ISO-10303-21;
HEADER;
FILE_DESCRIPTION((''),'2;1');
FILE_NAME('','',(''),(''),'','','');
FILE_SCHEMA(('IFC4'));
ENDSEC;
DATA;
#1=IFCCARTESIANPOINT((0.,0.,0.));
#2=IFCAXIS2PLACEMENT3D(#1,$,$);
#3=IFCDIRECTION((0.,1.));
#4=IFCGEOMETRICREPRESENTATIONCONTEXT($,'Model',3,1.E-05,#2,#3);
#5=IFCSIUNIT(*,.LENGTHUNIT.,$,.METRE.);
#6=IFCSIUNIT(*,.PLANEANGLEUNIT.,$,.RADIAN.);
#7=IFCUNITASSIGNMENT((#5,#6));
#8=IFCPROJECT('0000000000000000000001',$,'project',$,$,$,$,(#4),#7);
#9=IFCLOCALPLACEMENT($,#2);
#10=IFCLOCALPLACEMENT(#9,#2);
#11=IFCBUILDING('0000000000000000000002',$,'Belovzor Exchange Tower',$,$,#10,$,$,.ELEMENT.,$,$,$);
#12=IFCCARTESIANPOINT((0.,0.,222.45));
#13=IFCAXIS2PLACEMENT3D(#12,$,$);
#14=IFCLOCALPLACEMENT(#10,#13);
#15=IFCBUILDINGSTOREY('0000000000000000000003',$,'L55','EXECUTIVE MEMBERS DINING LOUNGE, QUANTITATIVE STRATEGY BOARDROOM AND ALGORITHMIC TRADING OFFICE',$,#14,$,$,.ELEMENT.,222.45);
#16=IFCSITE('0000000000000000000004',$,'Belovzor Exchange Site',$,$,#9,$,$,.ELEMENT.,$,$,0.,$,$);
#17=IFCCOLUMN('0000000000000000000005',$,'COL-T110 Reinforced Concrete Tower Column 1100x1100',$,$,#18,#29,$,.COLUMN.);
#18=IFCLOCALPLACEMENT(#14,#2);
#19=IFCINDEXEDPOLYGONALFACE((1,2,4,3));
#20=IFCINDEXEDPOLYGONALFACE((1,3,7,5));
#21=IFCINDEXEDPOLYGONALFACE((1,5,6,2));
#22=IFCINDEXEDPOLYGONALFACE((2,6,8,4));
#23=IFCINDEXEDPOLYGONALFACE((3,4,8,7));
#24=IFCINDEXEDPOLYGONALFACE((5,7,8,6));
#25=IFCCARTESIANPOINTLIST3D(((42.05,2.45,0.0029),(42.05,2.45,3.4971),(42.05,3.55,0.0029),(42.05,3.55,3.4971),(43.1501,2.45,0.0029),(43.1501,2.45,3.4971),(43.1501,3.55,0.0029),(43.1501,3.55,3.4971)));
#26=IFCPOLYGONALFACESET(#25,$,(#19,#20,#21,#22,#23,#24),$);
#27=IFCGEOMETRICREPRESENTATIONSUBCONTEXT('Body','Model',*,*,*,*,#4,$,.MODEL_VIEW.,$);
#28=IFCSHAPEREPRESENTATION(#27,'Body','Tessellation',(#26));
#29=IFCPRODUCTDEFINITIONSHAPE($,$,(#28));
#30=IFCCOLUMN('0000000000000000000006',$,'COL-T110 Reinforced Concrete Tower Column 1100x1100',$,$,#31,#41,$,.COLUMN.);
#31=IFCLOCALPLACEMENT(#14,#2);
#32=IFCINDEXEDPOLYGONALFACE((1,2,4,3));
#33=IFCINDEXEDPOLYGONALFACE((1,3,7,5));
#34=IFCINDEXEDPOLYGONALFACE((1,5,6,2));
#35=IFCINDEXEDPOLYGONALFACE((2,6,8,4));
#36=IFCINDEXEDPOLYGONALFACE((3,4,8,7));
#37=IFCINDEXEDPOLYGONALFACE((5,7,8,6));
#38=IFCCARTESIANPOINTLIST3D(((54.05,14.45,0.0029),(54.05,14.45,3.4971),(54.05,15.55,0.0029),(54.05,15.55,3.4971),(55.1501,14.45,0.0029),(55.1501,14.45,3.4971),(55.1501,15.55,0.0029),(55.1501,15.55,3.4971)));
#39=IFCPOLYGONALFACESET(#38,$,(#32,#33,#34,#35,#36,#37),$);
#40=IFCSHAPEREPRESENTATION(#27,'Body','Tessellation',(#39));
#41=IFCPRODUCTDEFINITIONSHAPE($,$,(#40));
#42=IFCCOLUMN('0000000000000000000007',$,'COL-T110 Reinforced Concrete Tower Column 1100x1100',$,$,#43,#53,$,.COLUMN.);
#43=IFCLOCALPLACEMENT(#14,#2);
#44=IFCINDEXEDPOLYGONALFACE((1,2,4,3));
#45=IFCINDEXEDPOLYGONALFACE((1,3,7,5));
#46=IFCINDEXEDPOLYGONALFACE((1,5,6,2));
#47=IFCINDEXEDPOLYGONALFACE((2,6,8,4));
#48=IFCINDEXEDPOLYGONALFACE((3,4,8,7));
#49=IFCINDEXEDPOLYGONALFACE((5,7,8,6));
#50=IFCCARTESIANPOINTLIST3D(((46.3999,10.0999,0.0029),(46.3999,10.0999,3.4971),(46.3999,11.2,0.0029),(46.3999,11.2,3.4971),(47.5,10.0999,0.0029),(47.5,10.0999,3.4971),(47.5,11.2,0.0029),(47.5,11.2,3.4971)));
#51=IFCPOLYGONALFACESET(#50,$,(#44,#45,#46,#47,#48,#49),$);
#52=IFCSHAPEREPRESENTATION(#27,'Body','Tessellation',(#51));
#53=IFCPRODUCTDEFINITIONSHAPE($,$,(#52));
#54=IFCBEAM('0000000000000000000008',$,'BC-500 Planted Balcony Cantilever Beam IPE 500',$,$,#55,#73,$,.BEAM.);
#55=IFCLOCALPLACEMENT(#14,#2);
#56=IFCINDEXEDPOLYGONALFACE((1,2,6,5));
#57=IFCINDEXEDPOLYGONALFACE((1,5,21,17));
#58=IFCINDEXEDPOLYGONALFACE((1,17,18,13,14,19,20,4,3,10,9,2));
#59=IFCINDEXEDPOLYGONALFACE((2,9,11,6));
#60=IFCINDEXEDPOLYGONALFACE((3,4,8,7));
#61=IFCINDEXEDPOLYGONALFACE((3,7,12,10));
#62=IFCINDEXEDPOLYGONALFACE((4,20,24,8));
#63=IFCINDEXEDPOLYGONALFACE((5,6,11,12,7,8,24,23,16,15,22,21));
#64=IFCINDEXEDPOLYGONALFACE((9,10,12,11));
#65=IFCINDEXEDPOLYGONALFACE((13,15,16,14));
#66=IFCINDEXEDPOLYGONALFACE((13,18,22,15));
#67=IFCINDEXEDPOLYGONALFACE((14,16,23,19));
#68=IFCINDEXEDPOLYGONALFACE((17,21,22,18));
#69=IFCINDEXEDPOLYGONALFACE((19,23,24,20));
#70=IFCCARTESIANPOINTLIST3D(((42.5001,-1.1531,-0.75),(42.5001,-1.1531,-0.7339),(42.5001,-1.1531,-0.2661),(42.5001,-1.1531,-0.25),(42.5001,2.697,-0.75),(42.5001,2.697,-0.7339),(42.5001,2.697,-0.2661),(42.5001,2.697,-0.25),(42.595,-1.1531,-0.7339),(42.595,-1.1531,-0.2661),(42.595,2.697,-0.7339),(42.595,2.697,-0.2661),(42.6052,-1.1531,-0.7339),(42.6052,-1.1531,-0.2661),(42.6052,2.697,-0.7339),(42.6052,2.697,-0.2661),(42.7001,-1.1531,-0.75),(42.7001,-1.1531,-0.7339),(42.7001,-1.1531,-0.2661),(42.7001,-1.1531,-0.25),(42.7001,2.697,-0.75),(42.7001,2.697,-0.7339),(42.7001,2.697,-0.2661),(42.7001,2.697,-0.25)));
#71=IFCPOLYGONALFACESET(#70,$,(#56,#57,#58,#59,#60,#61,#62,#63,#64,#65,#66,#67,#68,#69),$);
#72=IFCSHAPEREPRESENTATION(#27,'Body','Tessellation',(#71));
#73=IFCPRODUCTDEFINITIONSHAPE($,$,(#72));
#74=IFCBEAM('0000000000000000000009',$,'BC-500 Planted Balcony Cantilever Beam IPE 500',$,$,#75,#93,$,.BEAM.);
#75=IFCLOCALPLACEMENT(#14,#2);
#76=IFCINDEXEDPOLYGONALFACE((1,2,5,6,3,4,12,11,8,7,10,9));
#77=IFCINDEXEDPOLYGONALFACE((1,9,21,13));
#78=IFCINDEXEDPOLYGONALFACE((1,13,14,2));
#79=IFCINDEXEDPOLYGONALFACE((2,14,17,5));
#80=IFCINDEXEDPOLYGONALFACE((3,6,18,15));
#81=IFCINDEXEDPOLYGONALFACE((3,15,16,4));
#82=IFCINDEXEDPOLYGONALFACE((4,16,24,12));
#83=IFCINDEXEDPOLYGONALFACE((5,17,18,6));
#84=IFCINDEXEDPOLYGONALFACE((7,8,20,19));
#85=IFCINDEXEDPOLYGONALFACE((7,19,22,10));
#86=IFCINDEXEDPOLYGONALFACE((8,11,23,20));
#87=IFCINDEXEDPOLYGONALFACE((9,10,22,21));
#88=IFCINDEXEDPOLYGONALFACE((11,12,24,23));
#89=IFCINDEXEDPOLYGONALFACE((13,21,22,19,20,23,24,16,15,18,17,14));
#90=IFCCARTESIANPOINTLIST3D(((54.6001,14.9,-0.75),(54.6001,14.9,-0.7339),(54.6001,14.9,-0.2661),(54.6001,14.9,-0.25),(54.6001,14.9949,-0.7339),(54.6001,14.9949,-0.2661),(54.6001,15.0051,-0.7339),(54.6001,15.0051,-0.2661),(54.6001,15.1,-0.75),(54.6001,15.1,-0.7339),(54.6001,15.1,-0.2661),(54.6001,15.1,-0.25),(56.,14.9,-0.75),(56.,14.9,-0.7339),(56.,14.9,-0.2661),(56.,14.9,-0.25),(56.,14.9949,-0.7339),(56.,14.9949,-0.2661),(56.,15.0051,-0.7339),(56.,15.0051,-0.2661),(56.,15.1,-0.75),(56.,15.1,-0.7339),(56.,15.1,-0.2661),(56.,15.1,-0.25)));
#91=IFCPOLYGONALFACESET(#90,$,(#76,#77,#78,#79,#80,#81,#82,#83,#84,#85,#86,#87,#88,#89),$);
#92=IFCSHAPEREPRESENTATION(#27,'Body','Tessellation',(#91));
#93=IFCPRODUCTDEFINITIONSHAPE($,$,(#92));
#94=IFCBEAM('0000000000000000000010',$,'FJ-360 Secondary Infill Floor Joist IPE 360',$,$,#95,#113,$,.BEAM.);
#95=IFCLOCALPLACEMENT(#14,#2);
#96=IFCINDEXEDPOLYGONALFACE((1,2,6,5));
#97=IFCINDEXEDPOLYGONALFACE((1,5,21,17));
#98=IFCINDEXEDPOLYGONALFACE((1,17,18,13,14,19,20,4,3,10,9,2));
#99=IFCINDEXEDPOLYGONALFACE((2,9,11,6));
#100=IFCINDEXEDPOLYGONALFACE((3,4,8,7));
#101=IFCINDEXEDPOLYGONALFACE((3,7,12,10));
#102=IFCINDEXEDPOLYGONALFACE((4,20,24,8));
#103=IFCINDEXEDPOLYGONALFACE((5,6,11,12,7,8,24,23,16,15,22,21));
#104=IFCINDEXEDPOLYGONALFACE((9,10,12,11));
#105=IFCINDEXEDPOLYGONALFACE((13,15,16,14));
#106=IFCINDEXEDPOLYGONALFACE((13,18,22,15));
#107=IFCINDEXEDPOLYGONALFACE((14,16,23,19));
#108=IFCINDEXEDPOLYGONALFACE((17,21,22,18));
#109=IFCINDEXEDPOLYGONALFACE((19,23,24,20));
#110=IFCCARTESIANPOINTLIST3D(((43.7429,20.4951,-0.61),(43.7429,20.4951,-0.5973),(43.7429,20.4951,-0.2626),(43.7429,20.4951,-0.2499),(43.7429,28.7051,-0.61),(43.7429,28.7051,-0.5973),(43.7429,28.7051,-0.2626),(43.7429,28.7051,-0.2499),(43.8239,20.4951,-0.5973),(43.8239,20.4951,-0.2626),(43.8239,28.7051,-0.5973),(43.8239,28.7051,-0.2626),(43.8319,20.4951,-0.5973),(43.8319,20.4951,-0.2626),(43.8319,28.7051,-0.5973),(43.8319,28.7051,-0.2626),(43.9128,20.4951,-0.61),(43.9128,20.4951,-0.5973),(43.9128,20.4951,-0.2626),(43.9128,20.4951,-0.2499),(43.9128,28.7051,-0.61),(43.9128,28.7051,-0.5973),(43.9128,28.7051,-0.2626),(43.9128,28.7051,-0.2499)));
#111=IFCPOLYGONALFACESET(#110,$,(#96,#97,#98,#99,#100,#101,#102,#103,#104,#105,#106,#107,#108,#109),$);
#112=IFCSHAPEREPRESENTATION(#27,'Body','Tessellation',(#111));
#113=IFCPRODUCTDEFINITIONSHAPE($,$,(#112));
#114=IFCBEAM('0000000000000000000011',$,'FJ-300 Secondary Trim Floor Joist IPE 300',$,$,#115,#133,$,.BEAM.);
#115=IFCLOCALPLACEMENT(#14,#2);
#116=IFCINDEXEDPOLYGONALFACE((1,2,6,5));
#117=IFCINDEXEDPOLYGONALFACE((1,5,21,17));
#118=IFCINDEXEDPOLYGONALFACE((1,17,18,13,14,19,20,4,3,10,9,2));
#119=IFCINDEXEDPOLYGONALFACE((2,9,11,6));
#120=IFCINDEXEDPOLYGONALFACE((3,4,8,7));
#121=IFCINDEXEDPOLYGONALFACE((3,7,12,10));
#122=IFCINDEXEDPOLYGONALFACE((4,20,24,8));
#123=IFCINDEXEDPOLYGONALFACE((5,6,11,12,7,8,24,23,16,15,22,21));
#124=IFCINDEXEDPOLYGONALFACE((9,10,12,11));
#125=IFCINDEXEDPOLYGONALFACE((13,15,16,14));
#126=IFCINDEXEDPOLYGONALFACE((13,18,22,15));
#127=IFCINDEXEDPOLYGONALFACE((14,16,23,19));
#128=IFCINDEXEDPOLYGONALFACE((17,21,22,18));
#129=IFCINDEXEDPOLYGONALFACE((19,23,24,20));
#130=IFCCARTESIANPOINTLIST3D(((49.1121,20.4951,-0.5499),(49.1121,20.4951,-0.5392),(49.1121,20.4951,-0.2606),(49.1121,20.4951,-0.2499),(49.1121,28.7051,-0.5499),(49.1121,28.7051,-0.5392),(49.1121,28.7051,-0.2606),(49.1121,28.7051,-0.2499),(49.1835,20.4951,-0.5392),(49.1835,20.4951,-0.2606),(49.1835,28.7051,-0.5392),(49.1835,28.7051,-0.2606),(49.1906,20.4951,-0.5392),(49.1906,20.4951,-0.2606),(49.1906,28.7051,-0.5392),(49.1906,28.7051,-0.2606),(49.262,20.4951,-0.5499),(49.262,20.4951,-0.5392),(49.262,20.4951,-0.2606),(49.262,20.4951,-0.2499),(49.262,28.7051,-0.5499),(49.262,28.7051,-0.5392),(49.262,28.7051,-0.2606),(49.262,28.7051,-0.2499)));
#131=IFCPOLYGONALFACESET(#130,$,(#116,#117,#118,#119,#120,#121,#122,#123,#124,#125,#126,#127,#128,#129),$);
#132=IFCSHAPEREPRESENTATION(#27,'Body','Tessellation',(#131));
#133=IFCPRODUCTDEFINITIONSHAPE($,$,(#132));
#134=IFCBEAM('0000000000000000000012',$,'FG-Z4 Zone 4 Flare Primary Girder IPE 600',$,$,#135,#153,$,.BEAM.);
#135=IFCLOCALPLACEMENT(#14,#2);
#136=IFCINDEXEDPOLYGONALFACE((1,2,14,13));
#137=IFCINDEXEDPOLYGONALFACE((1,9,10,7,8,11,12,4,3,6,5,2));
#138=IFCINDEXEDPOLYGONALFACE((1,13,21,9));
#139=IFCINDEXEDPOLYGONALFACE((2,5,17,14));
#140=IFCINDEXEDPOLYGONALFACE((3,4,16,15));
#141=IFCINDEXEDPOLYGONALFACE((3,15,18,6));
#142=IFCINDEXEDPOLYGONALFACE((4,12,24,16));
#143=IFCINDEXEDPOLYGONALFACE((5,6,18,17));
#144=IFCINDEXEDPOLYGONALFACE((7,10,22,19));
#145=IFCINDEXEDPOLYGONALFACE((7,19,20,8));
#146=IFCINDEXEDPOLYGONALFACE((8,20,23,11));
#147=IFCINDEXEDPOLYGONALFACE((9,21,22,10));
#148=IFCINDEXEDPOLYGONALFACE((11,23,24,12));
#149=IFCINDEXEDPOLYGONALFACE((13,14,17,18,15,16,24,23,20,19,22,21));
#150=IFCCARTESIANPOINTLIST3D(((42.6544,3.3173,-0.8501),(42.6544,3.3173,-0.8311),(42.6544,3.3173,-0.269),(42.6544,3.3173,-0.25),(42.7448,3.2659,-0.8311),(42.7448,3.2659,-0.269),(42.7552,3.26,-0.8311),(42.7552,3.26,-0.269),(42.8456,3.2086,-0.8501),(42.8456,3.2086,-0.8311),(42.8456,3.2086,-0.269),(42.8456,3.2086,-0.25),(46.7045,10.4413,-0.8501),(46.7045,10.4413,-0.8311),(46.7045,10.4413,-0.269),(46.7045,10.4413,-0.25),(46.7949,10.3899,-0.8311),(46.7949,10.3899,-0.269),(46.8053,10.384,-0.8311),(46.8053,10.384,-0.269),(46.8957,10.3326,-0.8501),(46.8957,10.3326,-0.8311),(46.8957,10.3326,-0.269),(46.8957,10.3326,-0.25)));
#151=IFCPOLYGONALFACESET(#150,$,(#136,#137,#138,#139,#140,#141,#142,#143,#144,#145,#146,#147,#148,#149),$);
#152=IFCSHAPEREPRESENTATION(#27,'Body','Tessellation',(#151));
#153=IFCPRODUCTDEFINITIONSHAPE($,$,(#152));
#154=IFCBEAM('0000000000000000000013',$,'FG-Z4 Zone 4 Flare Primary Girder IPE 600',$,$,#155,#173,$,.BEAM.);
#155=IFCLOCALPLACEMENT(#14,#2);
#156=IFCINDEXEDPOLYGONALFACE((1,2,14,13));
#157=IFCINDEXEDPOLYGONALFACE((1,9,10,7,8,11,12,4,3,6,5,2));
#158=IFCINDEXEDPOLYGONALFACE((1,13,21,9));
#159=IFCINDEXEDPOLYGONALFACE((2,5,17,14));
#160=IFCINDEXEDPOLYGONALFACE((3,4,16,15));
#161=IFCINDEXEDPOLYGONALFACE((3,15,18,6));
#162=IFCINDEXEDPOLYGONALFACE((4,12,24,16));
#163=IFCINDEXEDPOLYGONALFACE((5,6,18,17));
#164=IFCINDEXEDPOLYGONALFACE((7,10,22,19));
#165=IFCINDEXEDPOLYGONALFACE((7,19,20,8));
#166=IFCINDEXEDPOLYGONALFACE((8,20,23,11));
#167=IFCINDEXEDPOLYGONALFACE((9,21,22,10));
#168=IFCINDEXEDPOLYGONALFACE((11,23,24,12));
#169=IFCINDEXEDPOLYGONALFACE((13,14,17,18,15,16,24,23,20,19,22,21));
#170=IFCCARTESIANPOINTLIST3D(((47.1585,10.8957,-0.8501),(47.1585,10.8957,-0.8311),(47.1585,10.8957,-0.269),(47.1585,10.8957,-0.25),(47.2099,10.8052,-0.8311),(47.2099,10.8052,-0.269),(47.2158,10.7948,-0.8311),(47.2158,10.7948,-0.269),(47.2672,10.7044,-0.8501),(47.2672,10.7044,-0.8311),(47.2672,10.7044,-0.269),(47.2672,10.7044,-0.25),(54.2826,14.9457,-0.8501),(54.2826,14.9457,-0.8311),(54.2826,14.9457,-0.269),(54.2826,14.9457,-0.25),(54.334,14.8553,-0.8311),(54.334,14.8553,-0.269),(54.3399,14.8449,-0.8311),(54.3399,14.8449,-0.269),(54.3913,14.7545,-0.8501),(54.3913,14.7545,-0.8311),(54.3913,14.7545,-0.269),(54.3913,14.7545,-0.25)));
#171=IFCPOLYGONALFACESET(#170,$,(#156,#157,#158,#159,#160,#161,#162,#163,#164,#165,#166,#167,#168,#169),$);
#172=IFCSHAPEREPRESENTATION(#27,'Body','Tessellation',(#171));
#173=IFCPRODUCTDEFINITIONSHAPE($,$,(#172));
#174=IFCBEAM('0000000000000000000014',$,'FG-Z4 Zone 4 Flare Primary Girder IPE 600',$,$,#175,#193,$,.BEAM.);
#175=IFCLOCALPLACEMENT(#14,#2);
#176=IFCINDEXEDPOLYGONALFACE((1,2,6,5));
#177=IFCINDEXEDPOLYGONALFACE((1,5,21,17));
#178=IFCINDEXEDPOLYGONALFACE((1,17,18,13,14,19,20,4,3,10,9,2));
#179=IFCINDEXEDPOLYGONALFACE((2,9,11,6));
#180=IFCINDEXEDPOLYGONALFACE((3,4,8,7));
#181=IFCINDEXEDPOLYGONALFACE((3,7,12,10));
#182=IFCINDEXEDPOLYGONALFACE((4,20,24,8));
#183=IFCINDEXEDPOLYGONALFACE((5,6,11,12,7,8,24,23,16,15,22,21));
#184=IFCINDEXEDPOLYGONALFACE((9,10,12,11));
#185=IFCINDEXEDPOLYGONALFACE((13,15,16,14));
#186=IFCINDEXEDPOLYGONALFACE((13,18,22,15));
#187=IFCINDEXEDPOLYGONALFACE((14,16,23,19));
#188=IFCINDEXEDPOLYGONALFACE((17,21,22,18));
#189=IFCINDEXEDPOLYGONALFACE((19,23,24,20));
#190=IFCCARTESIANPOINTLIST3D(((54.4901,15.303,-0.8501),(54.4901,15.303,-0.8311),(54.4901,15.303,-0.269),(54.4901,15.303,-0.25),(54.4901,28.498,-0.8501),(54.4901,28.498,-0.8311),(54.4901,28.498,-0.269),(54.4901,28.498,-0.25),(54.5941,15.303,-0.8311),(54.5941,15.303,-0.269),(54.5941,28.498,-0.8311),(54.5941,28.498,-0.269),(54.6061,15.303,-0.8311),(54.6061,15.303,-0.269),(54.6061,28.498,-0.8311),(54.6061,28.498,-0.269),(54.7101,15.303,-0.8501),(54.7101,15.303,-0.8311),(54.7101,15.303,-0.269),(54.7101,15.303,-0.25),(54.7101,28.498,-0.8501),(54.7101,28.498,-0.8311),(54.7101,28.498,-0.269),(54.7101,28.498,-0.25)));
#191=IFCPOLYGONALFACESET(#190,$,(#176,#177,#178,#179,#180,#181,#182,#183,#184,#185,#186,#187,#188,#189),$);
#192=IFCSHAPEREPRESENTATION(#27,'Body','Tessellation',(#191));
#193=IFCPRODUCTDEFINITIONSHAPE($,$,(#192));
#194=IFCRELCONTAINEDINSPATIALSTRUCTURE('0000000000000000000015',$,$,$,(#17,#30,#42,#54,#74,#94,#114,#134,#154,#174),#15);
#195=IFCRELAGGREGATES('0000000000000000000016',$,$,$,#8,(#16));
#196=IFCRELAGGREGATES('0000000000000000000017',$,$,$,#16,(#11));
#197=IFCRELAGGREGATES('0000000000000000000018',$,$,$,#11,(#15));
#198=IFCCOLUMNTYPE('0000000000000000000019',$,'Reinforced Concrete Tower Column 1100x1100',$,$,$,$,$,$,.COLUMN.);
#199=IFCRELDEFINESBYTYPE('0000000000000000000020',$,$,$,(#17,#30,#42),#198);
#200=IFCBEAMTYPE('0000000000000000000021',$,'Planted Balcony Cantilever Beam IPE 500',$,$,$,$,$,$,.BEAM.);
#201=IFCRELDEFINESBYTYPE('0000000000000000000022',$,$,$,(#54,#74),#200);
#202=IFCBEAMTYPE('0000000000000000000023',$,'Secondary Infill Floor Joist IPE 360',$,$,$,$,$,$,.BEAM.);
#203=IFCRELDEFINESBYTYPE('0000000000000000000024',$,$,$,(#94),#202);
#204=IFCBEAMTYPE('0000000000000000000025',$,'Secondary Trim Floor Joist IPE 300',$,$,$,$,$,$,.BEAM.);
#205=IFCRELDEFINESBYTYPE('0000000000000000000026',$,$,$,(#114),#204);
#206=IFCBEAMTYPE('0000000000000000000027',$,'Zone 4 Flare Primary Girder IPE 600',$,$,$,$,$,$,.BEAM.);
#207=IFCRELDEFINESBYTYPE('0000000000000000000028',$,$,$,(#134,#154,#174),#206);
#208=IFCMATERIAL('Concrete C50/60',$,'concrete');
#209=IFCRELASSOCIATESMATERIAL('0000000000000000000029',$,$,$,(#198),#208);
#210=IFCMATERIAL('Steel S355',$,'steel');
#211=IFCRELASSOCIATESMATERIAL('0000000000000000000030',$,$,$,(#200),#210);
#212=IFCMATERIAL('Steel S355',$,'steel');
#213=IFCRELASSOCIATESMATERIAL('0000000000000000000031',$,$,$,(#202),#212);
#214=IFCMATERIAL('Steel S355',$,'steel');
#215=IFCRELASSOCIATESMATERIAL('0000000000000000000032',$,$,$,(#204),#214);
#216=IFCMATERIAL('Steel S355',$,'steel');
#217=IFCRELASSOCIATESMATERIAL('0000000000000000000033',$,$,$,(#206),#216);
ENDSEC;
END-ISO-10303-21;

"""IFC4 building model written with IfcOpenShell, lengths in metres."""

from ifc_helpers import new_model, si_unit, direction, frame, origin, origin_2d, place, context, subcontext, project, spatial, rectangle, i_section, extrude, material, material_profile, profile_set, type_object, element, save


model = new_model("IFC4")

# Units and contexts
model_context = context("Model", 3, precision=1e-05, world=origin(), true_north=direction((0.0, 1.0)))
body_context = subcontext(model_context, "Body", "Model", "MODEL_VIEW")
ifc_project = project(units=[si_unit("LENGTHUNIT", "METRE"), si_unit("PLANEANGLEUNIT", "RADIAN")], contexts=[model_context])

# Site, building, storey
site_placement = place(None, origin())
site = spatial("IfcSite", under=ifc_project, at=site_placement, Name="Belovzor Exchange Site", CompositionType="ELEMENT", RefElevation=0.0)
building_placement = place(site_placement, origin())
building = spatial("IfcBuilding", under=site, at=building_placement, Name="Belovzor Exchange Tower", CompositionType="ELEMENT")
storey_placement = place(building_placement, frame((0.0, 0.0, 222.45)))
storey = spatial("IfcBuildingStorey", under=building, at=storey_placement, Name="L55", Description="EXECUTIVE MEMBERS DINING LOUNGE, QUANTITATIVE STRATEGY BOARDROOM AND ALGORITHMIC TRADING OFFICE", CompositionType="ELEMENT", Elevation=222.45)

# Columns
ifc_material_1 = material(Name="Concrete C50/60", Category="concrete")
ifc_material_profile_1 = material_profile(ifc_material_1, rectangle(XDim=1.1001, YDim=1.1001, at=origin_2d()))
ifc_profile_set_1 = profile_set([ifc_material_profile_1], Name="Concrete C50/60")
column_type = type_object("IfcColumnType", Name="Reinforced Concrete Tower Column 1100x1100", PredefinedType="COLUMN", material=ifc_profile_set_1)
for number, where, z_axis, x_axis, name in (
    (1, (42.6001, 3.0, 0.0029), (0.0, 0.0, 1.0), (1.0, 0.0, 0.0), "COL-T110 Reinforced Concrete Tower Column 1100x1100"),
    (2, (54.6001, 15.0, 0.0029), (0.0, 0.0, 1.0), (1.0, 0.0, 0.0), "COL-T110 Reinforced Concrete Tower Column 1100x1100"),
    (3, (46.95, 10.6499, 0.0029), (0.0, 0.0, 1.0), (1.0, 0.0, 0.0), "COL-T110 Reinforced Concrete Tower Column 1100x1100"),
):
    element("IfcColumn", number, at=place(storey_placement, frame(where, z_axis=z_axis, x_axis=x_axis)), inside=storey, type_object=column_type, Name=name, PredefinedType="COLUMN", context=body_context, shape_type="SweptSolid", body=[
        extrude(rectangle(XDim=1.1001, YDim=1.1001, at=origin_2d()), origin(), (0.0, 0.0, 1.0), 3.4941),
    ])

# Beams
ifc_material_2 = material(Name="Steel S355", Category="steel")
ifc_material_profile_2 = material_profile(ifc_material_2, i_section(OverallWidth=0.2, OverallDepth=0.5, WebThickness=0.0103, FlangeThickness=0.0161, at=origin_2d()))
ifc_profile_set_2 = profile_set([ifc_material_profile_2], Name="Steel S355")
beam_type_1 = type_object("IfcBeamType", Name="Planted Balcony Cantilever Beam IPE 500", PredefinedType="BEAM", material=ifc_profile_set_2)
beam_1_placement = place(storey_placement, frame((42.6001, 2.697, -0.5), z_axis=(0.0, -1.0, 0.0), x_axis=(1.0, 0.0, 0.0)))
element("IfcBeam", 4, at=beam_1_placement, inside=storey, type_object=beam_type_1, Name="BC-500 Planted Balcony Cantilever Beam IPE 500", PredefinedType="BEAM", context=body_context, shape_type="SweptSolid", body=[
    extrude(i_section(OverallWidth=0.2, OverallDepth=0.5, WebThickness=0.0103, FlangeThickness=0.0161, at=origin_2d()), origin(), (0.0, 0.0, 1.0), 3.8501),
])
beam_2_placement = place(storey_placement, frame((54.6001, 15.0, -0.5), z_axis=(1.0, 0.0, 0.0), x_axis=(0.0, 1.0, 0.0)))
element("IfcBeam", 5, at=beam_2_placement, inside=storey, type_object=beam_type_1, Name="BC-500 Planted Balcony Cantilever Beam IPE 500", PredefinedType="BEAM", context=body_context, shape_type="SweptSolid", body=[
    extrude(i_section(OverallWidth=0.2, OverallDepth=0.5, WebThickness=0.0103, FlangeThickness=0.0161, at=origin_2d()), origin(), (0.0, 0.0, 1.0), 1.3999),
])
ifc_material_3 = material(Name="Steel S355", Category="steel")
ifc_material_profile_3 = material_profile(ifc_material_3, i_section(OverallWidth=0.1699, OverallDepth=0.3601, WebThickness=0.0081, FlangeThickness=0.0127, at=origin_2d()))
ifc_profile_set_3 = profile_set([ifc_material_profile_3], Name="Steel S355")
beam_type_2 = type_object("IfcBeamType", Name="Secondary Infill Floor Joist IPE 360", PredefinedType="BEAM", material=ifc_profile_set_3)
beam_3_placement = place(storey_placement, frame((43.8279, 20.4951, -0.4299), z_axis=(0.0, 1.0, 0.0), x_axis=(-1.0, 0.0, 0.0)))
element("IfcBeam", 6, at=beam_3_placement, inside=storey, type_object=beam_type_2, Name="FJ-360 Secondary Infill Floor Joist IPE 360", PredefinedType="BEAM", context=body_context, shape_type="SweptSolid", body=[
    extrude(i_section(OverallWidth=0.1699, OverallDepth=0.3601, WebThickness=0.0081, FlangeThickness=0.0127, at=origin_2d()), origin(), (0.0, 0.0, 1.0), 8.21),
])
ifc_material_4 = material(Name="Steel S355", Category="steel")
ifc_material_profile_4 = material_profile(ifc_material_4, i_section(OverallWidth=0.1499, OverallDepth=0.3, WebThickness=0.0071, FlangeThickness=0.0107, at=origin_2d()))
ifc_profile_set_4 = profile_set([ifc_material_profile_4], Name="Steel S355")
beam_type_3 = type_object("IfcBeamType", Name="Secondary Trim Floor Joist IPE 300", PredefinedType="BEAM", material=ifc_profile_set_4)
beam_4_placement = place(storey_placement, frame((49.187, 20.4951, -0.3999), z_axis=(0.0, 1.0, 0.0), x_axis=(-1.0, 0.0, 0.0)))
element("IfcBeam", 7, at=beam_4_placement, inside=storey, type_object=beam_type_3, Name="FJ-300 Secondary Trim Floor Joist IPE 300", PredefinedType="BEAM", context=body_context, shape_type="SweptSolid", body=[
    extrude(i_section(OverallWidth=0.1499, OverallDepth=0.3, WebThickness=0.0071, FlangeThickness=0.0107, at=origin_2d()), origin(), (0.0, 0.0, 1.0), 8.21),
])
ifc_material_5 = material(Name="Steel S355", Category="steel")
ifc_material_profile_5 = material_profile(ifc_material_5, i_section(OverallWidth=0.22, OverallDepth=0.6001, WebThickness=0.012, FlangeThickness=0.019, at=origin_2d()))
ifc_profile_set_5 = profile_set([ifc_material_profile_5], Name="Steel S355")
beam_type_4 = type_object("IfcBeamType", Name="Zone 4 Flare Primary Girder IPE 600", PredefinedType="BEAM", material=ifc_profile_set_5)
for number, where, z_axis, x_axis, name in (
    (8, (42.75, 3.2629, -0.55), (0.494222, 0.869336, 0.0), (-0.869336, 0.494222, 0.0), "FG-Z4 Zone 4 Flare Primary Girder IPE 600"),
    (9, (47.2129, 10.8, -0.55), (0.869336, 0.494222, 0.0), (-0.494222, 0.869336, 0.0), "FG-Z4 Zone 4 Flare Primary Girder IPE 600"),
):
    element("IfcBeam", number, at=place(storey_placement, frame(where, z_axis=z_axis, x_axis=x_axis)), inside=storey, type_object=beam_type_4, Name=name, PredefinedType="BEAM", context=body_context, shape_type="SweptSolid", body=[
        extrude(i_section(OverallWidth=0.22, OverallDepth=0.6001, WebThickness=0.012, FlangeThickness=0.019, at=origin_2d()), origin(), (0.0, 0.0, 1.0), 8.1948),
    ])
beam_5_placement = place(storey_placement, frame((54.6001, 15.303, -0.55), z_axis=(0.0, 1.0, 0.0), x_axis=(-1.0, 0.0, 0.0)))
element("IfcBeam", 10, at=beam_5_placement, inside=storey, type_object=beam_type_4, Name="FG-Z4 Zone 4 Flare Primary Girder IPE 600", PredefinedType="BEAM", context=body_context, shape_type="SweptSolid", body=[
    extrude(i_section(OverallWidth=0.22, OverallDepth=0.6001, WebThickness=0.012, FlangeThickness=0.019, at=origin_2d()), origin(), (0.0, 0.0, 1.0), 13.1951),
])

save(model, "model.ifc")
